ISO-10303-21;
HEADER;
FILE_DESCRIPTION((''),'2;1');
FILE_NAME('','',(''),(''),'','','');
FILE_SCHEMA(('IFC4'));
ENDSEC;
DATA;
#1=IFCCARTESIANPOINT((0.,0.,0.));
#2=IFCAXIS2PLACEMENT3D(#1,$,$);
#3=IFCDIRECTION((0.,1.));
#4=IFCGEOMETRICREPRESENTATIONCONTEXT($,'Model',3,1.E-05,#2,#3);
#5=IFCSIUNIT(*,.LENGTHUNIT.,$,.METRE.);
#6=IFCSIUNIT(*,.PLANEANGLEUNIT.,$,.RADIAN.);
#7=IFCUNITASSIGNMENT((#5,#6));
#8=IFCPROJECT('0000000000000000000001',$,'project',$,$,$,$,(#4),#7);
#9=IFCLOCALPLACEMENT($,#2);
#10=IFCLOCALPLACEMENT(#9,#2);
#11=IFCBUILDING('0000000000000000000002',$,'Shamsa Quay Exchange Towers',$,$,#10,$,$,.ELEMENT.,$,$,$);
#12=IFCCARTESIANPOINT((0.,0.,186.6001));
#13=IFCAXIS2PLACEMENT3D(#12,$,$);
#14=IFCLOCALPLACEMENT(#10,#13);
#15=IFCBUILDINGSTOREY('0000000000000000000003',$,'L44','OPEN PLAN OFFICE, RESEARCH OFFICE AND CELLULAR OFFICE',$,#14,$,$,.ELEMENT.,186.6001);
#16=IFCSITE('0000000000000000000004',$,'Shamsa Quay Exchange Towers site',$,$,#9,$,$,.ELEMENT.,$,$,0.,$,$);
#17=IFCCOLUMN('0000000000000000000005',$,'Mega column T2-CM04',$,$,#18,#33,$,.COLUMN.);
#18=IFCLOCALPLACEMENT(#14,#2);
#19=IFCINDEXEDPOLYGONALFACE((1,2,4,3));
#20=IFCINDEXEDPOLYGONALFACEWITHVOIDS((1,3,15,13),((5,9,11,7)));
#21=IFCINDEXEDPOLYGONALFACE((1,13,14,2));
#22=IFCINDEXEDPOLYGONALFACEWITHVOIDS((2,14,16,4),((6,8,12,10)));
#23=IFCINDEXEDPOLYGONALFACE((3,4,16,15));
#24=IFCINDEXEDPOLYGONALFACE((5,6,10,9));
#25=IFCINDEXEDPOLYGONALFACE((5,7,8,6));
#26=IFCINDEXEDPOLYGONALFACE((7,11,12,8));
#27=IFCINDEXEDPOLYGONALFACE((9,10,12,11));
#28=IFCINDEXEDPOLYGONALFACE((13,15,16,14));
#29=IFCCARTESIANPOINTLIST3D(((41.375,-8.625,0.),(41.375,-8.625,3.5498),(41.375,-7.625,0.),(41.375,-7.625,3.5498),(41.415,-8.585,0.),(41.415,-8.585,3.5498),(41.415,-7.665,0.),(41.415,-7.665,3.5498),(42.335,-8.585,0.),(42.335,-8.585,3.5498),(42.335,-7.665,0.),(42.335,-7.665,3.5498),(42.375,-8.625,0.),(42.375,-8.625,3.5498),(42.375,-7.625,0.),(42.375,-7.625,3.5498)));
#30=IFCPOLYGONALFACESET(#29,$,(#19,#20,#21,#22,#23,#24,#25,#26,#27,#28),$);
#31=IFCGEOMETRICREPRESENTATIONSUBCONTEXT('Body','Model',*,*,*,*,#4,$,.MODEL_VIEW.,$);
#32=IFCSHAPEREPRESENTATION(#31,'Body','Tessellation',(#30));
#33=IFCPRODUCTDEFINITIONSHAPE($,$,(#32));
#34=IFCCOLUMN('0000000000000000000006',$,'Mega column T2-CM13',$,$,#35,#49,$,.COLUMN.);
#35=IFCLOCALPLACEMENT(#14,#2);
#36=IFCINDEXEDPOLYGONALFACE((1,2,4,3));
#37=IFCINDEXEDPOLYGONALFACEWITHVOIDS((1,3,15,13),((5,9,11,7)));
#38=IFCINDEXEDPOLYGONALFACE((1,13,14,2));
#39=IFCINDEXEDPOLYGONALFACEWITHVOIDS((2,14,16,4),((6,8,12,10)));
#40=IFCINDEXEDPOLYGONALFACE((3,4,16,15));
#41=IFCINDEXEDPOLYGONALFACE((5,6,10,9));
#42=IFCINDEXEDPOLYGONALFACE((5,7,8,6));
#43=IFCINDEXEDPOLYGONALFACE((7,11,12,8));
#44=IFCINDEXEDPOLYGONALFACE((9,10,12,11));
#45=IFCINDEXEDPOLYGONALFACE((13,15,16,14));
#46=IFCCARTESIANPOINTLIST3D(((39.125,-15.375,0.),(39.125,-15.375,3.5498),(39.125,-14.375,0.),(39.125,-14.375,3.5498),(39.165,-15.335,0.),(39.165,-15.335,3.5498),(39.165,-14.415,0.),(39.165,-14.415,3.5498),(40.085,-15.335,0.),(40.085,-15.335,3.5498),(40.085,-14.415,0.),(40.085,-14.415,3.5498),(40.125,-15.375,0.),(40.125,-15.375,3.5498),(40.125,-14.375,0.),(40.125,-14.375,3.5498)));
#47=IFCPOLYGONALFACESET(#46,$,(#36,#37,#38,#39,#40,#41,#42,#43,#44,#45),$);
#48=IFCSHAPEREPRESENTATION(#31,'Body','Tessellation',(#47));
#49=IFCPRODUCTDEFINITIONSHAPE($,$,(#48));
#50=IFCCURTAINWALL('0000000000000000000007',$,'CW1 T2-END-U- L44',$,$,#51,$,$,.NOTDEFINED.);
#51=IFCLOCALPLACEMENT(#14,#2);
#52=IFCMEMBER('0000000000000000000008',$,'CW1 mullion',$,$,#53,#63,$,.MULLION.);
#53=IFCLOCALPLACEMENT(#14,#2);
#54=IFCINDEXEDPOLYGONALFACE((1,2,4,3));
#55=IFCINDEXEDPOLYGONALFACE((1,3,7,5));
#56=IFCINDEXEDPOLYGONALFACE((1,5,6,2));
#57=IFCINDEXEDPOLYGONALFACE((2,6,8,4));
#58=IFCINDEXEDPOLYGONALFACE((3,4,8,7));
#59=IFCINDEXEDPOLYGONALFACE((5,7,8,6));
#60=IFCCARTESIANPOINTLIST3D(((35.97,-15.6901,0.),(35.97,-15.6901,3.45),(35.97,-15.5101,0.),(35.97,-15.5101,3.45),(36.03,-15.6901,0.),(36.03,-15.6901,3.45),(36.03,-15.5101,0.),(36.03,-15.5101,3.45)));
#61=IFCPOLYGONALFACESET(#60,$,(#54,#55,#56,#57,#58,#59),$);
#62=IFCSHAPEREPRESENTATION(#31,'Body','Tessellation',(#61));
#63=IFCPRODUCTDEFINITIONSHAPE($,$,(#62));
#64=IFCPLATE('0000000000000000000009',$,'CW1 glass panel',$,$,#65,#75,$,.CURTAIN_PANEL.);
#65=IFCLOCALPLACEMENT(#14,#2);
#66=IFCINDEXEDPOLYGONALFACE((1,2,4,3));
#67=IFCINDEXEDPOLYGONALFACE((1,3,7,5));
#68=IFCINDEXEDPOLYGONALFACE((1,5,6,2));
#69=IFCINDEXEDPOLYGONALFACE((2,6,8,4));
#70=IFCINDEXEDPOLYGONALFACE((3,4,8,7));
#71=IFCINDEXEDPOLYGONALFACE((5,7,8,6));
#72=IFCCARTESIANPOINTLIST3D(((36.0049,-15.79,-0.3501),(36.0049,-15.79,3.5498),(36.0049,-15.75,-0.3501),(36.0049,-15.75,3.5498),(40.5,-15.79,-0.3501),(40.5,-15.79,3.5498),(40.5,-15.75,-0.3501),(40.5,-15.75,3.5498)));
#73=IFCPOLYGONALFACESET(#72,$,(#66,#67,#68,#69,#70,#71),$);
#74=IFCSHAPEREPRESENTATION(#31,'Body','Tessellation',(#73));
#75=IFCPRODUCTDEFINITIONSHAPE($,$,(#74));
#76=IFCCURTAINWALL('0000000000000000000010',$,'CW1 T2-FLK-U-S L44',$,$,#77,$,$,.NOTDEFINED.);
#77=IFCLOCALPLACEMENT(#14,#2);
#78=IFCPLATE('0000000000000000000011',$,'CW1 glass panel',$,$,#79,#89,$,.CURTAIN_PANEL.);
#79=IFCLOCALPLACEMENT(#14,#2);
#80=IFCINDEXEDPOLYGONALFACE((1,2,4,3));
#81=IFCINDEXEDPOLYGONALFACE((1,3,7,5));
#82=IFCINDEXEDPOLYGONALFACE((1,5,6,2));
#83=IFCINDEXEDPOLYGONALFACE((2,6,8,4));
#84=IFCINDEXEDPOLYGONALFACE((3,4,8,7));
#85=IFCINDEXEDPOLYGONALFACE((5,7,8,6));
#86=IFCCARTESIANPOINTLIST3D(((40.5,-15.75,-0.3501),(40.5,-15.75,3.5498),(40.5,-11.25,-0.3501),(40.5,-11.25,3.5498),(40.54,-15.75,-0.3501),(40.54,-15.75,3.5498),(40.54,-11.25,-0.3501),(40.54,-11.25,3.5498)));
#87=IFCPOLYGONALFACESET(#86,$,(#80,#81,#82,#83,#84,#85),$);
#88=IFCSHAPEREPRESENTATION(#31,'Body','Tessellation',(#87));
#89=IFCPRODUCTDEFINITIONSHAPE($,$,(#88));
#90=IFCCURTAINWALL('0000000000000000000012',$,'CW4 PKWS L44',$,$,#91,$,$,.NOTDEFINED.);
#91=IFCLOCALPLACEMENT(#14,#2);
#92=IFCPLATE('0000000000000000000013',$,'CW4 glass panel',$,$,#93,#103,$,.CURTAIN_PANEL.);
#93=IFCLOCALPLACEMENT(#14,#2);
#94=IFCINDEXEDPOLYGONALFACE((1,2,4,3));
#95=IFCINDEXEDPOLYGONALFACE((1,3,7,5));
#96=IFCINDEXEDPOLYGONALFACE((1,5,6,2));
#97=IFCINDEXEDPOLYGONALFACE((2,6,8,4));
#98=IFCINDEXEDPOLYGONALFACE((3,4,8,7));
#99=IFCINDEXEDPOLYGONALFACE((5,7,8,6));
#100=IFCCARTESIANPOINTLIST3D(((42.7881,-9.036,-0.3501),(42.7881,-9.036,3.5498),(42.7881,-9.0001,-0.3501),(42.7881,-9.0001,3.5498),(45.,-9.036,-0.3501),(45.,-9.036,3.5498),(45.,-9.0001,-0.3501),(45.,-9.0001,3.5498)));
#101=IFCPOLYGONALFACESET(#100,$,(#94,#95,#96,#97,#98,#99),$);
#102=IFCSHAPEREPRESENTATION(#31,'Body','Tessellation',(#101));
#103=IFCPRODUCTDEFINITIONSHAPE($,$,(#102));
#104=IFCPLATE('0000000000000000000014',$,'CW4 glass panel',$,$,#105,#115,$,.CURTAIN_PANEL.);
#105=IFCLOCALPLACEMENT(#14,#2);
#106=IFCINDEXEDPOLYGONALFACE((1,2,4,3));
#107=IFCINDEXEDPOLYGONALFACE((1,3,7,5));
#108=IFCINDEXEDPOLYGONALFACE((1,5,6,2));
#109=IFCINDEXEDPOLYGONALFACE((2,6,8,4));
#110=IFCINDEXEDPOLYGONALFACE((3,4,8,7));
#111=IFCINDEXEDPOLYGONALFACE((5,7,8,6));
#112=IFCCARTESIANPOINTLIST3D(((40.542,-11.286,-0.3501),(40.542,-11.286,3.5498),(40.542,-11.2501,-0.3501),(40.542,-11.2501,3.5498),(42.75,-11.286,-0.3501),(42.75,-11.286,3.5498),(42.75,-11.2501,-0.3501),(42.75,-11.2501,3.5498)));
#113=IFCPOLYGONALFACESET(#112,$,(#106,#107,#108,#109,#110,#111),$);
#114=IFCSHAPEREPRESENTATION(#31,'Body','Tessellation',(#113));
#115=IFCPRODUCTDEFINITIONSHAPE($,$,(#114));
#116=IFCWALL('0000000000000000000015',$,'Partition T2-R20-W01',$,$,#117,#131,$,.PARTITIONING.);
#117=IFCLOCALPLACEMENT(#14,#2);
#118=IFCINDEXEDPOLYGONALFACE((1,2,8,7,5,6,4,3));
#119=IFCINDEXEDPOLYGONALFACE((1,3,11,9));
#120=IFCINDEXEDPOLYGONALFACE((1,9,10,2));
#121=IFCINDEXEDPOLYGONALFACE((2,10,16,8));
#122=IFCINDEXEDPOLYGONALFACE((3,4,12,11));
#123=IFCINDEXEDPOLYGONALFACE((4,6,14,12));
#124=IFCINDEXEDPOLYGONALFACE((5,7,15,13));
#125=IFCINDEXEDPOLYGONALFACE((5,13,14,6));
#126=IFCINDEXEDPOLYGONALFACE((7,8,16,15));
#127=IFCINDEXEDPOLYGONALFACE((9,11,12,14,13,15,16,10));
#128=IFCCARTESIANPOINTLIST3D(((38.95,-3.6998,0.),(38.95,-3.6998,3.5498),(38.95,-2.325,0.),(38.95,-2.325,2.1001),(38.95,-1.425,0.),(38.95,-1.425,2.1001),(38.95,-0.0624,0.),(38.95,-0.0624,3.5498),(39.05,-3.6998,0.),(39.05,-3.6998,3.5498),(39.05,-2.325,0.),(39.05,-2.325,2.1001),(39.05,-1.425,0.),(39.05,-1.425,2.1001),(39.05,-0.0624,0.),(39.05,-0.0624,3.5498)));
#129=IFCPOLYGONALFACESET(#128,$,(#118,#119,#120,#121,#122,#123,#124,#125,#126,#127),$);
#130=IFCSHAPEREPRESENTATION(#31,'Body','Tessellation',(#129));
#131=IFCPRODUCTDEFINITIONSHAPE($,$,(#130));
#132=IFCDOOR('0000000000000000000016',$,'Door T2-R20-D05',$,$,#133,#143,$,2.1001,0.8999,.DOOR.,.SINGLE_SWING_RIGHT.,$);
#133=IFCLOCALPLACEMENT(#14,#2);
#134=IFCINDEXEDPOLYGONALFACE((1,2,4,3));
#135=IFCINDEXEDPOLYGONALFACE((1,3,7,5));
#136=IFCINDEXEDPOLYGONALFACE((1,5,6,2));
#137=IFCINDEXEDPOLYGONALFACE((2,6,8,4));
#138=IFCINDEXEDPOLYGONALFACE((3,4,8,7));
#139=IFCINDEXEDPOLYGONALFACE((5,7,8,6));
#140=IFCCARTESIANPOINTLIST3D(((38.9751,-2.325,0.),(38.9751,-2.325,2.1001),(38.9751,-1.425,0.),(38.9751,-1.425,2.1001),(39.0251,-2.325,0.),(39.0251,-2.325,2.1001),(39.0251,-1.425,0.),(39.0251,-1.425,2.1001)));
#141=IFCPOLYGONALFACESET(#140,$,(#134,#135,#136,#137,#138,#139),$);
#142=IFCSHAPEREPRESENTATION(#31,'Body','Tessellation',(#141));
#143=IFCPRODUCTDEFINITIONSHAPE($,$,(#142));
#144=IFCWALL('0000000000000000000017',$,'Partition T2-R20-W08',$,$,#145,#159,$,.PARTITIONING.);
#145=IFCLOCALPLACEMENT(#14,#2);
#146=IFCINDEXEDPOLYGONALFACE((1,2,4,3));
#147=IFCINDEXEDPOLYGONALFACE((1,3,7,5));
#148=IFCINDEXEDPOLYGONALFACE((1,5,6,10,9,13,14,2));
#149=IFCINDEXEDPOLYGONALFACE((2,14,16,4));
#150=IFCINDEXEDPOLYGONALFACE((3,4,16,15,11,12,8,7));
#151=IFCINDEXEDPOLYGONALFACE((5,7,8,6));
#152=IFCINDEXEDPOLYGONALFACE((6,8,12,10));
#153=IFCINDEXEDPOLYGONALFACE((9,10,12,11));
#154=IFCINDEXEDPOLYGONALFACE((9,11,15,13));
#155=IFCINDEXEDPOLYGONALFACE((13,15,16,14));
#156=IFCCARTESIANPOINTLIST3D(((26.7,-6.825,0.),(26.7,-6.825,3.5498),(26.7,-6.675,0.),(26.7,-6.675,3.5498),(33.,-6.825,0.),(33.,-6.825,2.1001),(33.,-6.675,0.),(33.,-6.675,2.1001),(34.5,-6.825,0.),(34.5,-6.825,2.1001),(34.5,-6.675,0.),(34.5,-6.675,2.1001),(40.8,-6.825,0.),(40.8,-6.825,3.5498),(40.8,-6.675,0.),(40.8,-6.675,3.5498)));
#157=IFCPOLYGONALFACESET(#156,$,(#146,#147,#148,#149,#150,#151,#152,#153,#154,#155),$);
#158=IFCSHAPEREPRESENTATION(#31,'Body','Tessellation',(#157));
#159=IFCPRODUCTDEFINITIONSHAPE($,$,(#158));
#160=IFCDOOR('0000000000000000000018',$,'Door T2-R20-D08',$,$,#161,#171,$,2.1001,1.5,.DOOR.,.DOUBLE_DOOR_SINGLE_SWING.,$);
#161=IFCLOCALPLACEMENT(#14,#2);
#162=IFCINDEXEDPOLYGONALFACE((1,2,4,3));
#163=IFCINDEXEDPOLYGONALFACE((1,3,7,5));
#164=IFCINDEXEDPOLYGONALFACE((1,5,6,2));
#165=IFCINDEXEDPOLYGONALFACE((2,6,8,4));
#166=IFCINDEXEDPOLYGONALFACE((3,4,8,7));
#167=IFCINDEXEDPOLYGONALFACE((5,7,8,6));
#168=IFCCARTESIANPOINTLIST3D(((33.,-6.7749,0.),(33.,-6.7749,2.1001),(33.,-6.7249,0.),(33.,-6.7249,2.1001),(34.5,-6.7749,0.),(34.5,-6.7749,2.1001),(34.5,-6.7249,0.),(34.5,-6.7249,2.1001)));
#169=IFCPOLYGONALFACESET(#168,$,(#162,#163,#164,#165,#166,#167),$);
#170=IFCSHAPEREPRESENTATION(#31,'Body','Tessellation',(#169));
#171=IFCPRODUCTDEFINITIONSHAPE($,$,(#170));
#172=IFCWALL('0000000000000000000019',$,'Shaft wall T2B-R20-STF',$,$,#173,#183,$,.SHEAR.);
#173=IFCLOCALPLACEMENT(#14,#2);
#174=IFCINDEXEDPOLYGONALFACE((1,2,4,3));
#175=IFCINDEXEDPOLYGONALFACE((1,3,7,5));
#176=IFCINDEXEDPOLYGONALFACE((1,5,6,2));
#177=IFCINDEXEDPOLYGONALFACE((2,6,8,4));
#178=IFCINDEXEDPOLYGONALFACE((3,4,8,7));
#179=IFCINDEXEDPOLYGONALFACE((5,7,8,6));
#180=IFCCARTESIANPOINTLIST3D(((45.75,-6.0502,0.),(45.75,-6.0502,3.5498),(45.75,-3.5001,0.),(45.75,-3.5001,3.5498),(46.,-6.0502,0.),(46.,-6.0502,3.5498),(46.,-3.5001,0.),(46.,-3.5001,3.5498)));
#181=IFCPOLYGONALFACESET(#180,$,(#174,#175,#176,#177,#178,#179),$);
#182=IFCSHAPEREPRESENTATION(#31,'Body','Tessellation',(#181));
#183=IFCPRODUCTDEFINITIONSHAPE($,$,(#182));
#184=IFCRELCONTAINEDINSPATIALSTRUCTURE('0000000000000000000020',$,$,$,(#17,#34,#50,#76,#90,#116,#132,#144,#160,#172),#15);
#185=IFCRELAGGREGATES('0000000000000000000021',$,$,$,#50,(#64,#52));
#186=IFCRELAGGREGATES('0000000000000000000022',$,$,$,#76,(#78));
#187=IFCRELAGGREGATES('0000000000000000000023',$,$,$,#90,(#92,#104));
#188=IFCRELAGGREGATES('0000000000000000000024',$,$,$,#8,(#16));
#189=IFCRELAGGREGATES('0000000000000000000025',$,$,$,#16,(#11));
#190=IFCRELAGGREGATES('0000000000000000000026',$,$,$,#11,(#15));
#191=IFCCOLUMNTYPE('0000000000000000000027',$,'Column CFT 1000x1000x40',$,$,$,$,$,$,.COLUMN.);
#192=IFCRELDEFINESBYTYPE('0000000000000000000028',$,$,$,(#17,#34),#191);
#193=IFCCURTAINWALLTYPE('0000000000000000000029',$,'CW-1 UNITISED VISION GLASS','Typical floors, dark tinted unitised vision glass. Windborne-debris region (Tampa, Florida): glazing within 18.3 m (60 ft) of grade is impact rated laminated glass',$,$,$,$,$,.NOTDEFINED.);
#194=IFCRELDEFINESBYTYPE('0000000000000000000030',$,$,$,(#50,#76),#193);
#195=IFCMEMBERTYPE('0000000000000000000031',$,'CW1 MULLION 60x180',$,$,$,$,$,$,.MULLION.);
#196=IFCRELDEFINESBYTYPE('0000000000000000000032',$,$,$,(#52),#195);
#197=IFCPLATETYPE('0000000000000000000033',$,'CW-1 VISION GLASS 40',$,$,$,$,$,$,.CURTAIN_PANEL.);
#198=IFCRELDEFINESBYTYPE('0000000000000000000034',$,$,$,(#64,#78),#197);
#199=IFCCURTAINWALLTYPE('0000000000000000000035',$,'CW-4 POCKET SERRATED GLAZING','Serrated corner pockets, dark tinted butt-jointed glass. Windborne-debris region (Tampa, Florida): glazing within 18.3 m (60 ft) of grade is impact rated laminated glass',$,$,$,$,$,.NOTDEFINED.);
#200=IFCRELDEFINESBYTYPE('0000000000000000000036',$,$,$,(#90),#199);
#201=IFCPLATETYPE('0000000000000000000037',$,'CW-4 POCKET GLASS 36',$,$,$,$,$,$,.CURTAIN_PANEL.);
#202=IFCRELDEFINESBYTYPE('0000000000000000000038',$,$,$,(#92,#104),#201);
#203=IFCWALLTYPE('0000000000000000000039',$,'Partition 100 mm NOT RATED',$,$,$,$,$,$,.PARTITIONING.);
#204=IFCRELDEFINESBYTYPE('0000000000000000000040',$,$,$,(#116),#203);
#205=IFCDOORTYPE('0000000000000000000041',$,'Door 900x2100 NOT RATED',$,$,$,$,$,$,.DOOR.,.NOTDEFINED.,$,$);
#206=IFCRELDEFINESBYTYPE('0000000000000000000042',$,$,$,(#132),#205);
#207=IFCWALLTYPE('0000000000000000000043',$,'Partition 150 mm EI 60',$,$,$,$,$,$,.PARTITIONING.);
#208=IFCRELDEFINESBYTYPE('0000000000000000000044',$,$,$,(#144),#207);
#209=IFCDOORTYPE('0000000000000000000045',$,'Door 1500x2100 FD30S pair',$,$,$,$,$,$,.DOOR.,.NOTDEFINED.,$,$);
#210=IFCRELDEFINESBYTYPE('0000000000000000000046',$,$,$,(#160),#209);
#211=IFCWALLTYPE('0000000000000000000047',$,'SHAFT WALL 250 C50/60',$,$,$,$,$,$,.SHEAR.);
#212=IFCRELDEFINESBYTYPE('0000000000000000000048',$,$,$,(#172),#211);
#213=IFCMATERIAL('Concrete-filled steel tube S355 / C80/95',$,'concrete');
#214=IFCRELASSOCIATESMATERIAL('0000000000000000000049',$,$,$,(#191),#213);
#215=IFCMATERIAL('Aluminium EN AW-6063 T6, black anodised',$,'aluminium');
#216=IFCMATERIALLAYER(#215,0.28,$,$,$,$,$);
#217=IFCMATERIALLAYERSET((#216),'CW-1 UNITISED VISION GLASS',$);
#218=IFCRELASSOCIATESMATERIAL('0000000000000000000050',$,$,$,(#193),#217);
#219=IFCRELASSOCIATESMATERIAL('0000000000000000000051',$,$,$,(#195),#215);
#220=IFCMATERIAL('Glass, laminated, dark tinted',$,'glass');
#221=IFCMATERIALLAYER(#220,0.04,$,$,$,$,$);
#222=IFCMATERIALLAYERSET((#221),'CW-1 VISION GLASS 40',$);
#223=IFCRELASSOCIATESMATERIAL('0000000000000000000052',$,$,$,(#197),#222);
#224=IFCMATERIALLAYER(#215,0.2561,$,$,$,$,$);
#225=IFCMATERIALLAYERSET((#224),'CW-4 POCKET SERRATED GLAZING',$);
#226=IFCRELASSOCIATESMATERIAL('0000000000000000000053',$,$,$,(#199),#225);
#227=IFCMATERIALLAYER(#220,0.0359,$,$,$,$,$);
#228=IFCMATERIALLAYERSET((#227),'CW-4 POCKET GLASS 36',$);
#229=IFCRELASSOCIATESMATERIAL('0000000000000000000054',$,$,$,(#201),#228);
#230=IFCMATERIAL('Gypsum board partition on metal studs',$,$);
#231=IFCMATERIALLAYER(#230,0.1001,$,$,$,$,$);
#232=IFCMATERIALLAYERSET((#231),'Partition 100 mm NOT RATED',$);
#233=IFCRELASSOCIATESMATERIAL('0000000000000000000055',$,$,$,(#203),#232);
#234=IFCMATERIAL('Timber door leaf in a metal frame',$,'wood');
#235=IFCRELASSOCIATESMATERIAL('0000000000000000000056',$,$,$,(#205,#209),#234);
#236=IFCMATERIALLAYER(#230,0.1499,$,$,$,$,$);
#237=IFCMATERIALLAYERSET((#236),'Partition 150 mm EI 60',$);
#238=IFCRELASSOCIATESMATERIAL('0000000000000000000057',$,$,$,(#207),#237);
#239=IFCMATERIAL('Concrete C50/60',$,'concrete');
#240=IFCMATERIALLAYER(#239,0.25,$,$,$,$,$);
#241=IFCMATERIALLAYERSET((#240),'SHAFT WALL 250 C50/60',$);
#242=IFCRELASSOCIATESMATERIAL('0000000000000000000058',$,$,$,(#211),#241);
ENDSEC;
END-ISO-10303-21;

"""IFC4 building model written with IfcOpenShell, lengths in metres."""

from ifc_helpers import new_model, si_unit, direction, frame, frame_2d, origin, origin_2d, place, context, subcontext, project, spatial, rectangle, hollow_rectangle, extrude, material, layer, layer_set, material_profile, profile_set, type_object, element, fill, aggregate, save


model = new_model("IFC4")

# Units and contexts
model_context = context("Model", 3, precision=1e-05, world=origin(), true_north=direction((0.0, 1.0)))
body_context = subcontext(model_context, "Body", "Model", "MODEL_VIEW")
ifc_project = project(units=[si_unit("LENGTHUNIT", "METRE"), si_unit("PLANEANGLEUNIT", "RADIAN")], contexts=[model_context])

# Site, building, storey
site_placement = place(None, origin())
site = spatial("IfcSite", under=ifc_project, at=site_placement, Name="Shamsa Quay Exchange Towers site", CompositionType="ELEMENT", RefElevation=0.0)
building_placement = place(site_placement, origin())
building = spatial("IfcBuilding", under=site, at=building_placement, Name="Shamsa Quay Exchange Towers", CompositionType="ELEMENT")
storey_placement = place(building_placement, frame((0.0, 0.0, 186.6001)))
storey = spatial("IfcBuildingStorey", under=building, at=storey_placement, Name="L44", Description="OPEN PLAN OFFICE, RESEARCH OFFICE AND CELLULAR OFFICE", CompositionType="ELEMENT", Elevation=186.6001)

# Columns
ifc_material_1 = material(Name="Concrete-filled steel tube S355 / C80/95", Category="concrete")
ifc_material_profile_1 = material_profile(ifc_material_1, hollow_rectangle(XDim=1.0, YDim=1.0, WallThickness=0.04, at=origin_2d()), Name="CFT 1000x1000x40")
ifc_profile_set_1 = profile_set([ifc_material_profile_1], Name="Concrete-filled steel tube S355 / C80/95")
column_type = type_object("IfcColumnType", Name="Column CFT 1000x1000x40", PredefinedType="COLUMN", material=ifc_profile_set_1)
for number, where, name in (
    (1, (41.875, -8.125, 0.0), "Mega column T2-CM04"),
    (2, (39.625, -14.875, 0.0), "Mega column T2-CM13"),
):
    element("IfcColumn", number, at=place(storey_placement, frame(where)), inside=storey, type_object=column_type, Name=name, PredefinedType="COLUMN", context=body_context, shape_type="SweptSolid", body=[
        extrude(hollow_rectangle(XDim=1.0, YDim=1.0, WallThickness=0.04, at=origin_2d()), origin(), (0.0, 0.0, 1.0), 3.5498),
    ])

# Curtain wall, member, plate
ifc_material_2 = material(Name="Aluminium EN AW-6063 T6, black anodised", Category="aluminium")
ifc_layer_1 = layer(ifc_material_2, 0.28)
ifc_layer_set_1 = layer_set([ifc_layer_1], Name="CW-1 UNITISED VISION GLASS")
curtain_wall_type_1 = type_object("IfcCurtainWallType", Name="CW-1 UNITISED VISION GLASS", Description="Typical floors, dark tinted unitised vision glass. Windborne-debris region (Tampa, Florida): glazing within 18.3 m (60 ft) of grade is impact rated laminated glass", PredefinedType="NOTDEFINED", material=ifc_layer_set_1)
curtain_wall_1_placement = place(storey_placement, origin())
curtain_wall_1 = element("IfcCurtainWall", 3, at=curtain_wall_1_placement, inside=storey, type_object=curtain_wall_type_1, Name="CW1 T2-END-U- L44", PredefinedType="NOTDEFINED")
ifc_material_profile_2 = material_profile(ifc_material_2, rectangle(XDim=0.1799, YDim=0.0601, at=origin_2d()), Name="MU60x180")
ifc_profile_set_2 = profile_set([ifc_material_profile_2], Name="Aluminium EN AW-6063 T6, black anodised")
member_type = type_object("IfcMemberType", Name="CW1 MULLION 60x180", PredefinedType="MULLION", material=ifc_profile_set_2)
member_placement = place(storey_placement, frame((36.0, -15.6001, 0.0), z_axis=(0.0, 0.0, 1.0), x_axis=(0.0, 1.0, 0.0)))
member = element("IfcMember", 4, at=member_placement, type_object=member_type, Name="CW1 mullion", PredefinedType="MULLION", context=body_context, shape_type="SweptSolid", body=[
    extrude(rectangle(XDim=0.1799, YDim=0.0601, at=origin_2d()), origin(), (0.0, 0.0, 1.0), 3.45),
])
ifc_material_3 = material(Name="Glass, laminated, dark tinted", Category="glass")
ifc_layer_2 = layer(ifc_material_3, 0.04)
ifc_layer_set_2 = layer_set([ifc_layer_2], Name="CW-1 VISION GLASS 40")
plate_type_1 = type_object("IfcPlateType", Name="CW-1 VISION GLASS 40", PredefinedType="CURTAIN_PANEL", material=ifc_layer_set_2)
plate_1_placement = place(storey_placement, frame((38.2524, -15.77, -0.3501)))
plate_1 = element("IfcPlate", 5, at=plate_1_placement, type_object=plate_type_1, Name="CW1 glass panel", PredefinedType="CURTAIN_PANEL", context=body_context, shape_type="SweptSolid", body=[
    extrude(rectangle(XDim=4.4951, YDim=0.04, at=origin_2d()), origin(), (0.0, 0.0, 1.0), 3.8999),
])
aggregate(curtain_wall_1, [plate_1, member])

# Curtain wall, plate
curtain_wall_2_placement = place(storey_placement, origin())
curtain_wall_2 = element("IfcCurtainWall", 6, at=curtain_wall_2_placement, inside=storey, type_object=curtain_wall_type_1, Name="CW1 T2-FLK-U-S L44", PredefinedType="NOTDEFINED")
plate_2_placement = place(storey_placement, frame((40.52, -13.5, -0.3501), z_axis=(0.0, 0.0, 1.0), x_axis=(0.0, 1.0, 0.0)))
plate_2 = element("IfcPlate", 7, at=plate_2_placement, type_object=plate_type_1, Name="CW1 glass panel", PredefinedType="CURTAIN_PANEL", context=body_context, shape_type="SweptSolid", body=[
    extrude(rectangle(XDim=4.5, YDim=0.04, at=origin_2d()), origin(), (0.0, 0.0, 1.0), 3.8999),
])
aggregate(curtain_wall_2, [plate_2])

# Curtain wall, plates
ifc_layer_3 = layer(ifc_material_2, 0.2561)
ifc_layer_set_3 = layer_set([ifc_layer_3], Name="CW-4 POCKET SERRATED GLAZING")
curtain_wall_type_2 = type_object("IfcCurtainWallType", Name="CW-4 POCKET SERRATED GLAZING", Description="Serrated corner pockets, dark tinted butt-jointed glass. Windborne-debris region (Tampa, Florida): glazing within 18.3 m (60 ft) of grade is impact rated laminated glass", PredefinedType="NOTDEFINED", material=ifc_layer_set_3)
curtain_wall_3_placement = place(storey_placement, origin())
curtain_wall_3 = element("IfcCurtainWall", 8, at=curtain_wall_3_placement, inside=storey, type_object=curtain_wall_type_2, Name="CW4 PKWS L44", PredefinedType="NOTDEFINED")
ifc_layer_4 = layer(ifc_material_3, 0.0359)
ifc_layer_set_4 = layer_set([ifc_layer_4], Name="CW-4 POCKET GLASS 36")
plate_type_2 = type_object("IfcPlateType", Name="CW-4 POCKET GLASS 36", PredefinedType="CURTAIN_PANEL", material=ifc_layer_set_4)
plate_3_placement = place(storey_placement, frame((43.894, -9.0181, -0.3501)))
plate_3 = element("IfcPlate", 9, at=plate_3_placement, type_object=plate_type_2, Name="CW4 glass panel", PredefinedType="CURTAIN_PANEL", context=body_context, shape_type="SweptSolid", body=[
    extrude(rectangle(XDim=2.2119, YDim=0.0359, at=origin_2d()), origin(), (0.0, 0.0, 1.0), 3.8999),
])
plate_4_placement = place(storey_placement, frame((41.646, -11.2681, -0.3501)))
plate_4 = element("IfcPlate", 10, at=plate_4_placement, type_object=plate_type_2, Name="CW4 glass panel", PredefinedType="CURTAIN_PANEL", context=body_context, shape_type="SweptSolid", body=[
    extrude(rectangle(XDim=2.208, YDim=0.0359, at=origin_2d()), origin(), (0.0, 0.0, 1.0), 3.8999),
])
aggregate(curtain_wall_3, [plate_3, plate_4])

# Walls, openings, doors
ifc_material_4 = material(Name="Gypsum board partition on metal studs")
ifc_layer_5 = layer(ifc_material_4, 0.1001)
ifc_layer_set_5 = layer_set([ifc_layer_5], Name="Partition 100 mm NOT RATED")
wall_type_1 = type_object("IfcWallType", Name="Partition 100 mm NOT RATED", PredefinedType="PARTITIONING", material=ifc_layer_set_5)
wall_1_placement = place(storey_placement, frame((39.0, -3.7, 0.0), z_axis=(0.0, 0.0, 1.0), x_axis=(0.0, 1.0, 0.0)))
wall_1 = element("IfcWall", 11, at=wall_1_placement, inside=storey, type_object=wall_type_1, Name="Partition T2-R20-W01", PredefinedType="PARTITIONING", context=body_context, shape_type="SweptSolid", body=[
    extrude(rectangle(XDim=3.6375, YDim=0.1001, at=frame_2d((1.8188, 0.0))), origin(), (0.0, 0.0, 1.0), 3.5498),
])
opening_1_placement = place(wall_1_placement, frame((1.375, 0.0, 0.0)))
opening_1 = element("IfcOpeningElement", 12, at=opening_1_placement, cuts=wall_1, PredefinedType="OPENING", context=body_context, shape_type="SweptSolid", body=[
    extrude(rectangle(XDim=0.8999, YDim=2.1001, at=frame_2d((0.45, 1.05))), frame((0.0, 0.0601, 0.0), z_axis=(0.0, -1.0, 0.0), x_axis=(1.0, 0.0, 0.0)), (0.0, 0.0, 1.0), 0.1201),
])
ifc_material_5 = material(Name="Timber door leaf in a metal frame", Category="wood")
door_type_1 = type_object("IfcDoorType", Name="Door 900x2100 NOT RATED", OperationType="NOTDEFINED", PredefinedType="DOOR", material=ifc_material_5)
door_1_placement = place(opening_1_placement, origin())
door_1 = element("IfcDoor", 13, at=door_1_placement, inside=storey, type_object=door_type_1, Name="Door T2-R20-D05", OperationType="SINGLE_SWING_RIGHT", OverallHeight=2.1001, OverallWidth=0.8999, PredefinedType="DOOR", context=body_context, shape_type="SweptSolid", body=[
    extrude(rectangle(XDim=0.8999, YDim=2.1001, at=frame_2d((0.45, 1.05))), frame((0.0, 0.0249, 0.0), z_axis=(0.0, -1.0, 0.0), x_axis=(1.0, 0.0, 0.0)), (0.0, 0.0, 1.0), 0.05),
])
fill(opening_1, door_1)
ifc_layer_6 = layer(ifc_material_4, 0.1499)
ifc_layer_set_6 = layer_set([ifc_layer_6], Name="Partition 150 mm EI 60")
wall_type_2 = type_object("IfcWallType", Name="Partition 150 mm EI 60", PredefinedType="PARTITIONING", material=ifc_layer_set_6)
wall_2_placement = place(storey_placement, frame((40.8, -6.75, 0.0), z_axis=(0.0, 0.0, 1.0), x_axis=(-1.0, 0.0, 0.0)))
wall_2 = element("IfcWall", 14, at=wall_2_placement, inside=storey, type_object=wall_type_2, Name="Partition T2-R20-W08", PredefinedType="PARTITIONING", context=body_context, shape_type="SweptSolid", body=[
    extrude(rectangle(XDim=14.1001, YDim=0.1499, at=frame_2d((7.05, 0.0))), origin(), (0.0, 0.0, 1.0), 3.5498),
])
opening_2_placement = place(wall_2_placement, frame((6.3, 0.0, 0.0)))
opening_2 = element("IfcOpeningElement", 15, at=opening_2_placement, cuts=wall_2, PredefinedType="OPENING", context=body_context, shape_type="SweptSolid", body=[
    extrude(rectangle(XDim=1.5, YDim=2.1001, at=frame_2d((0.75, 1.05))), frame((0.0, 0.085, 0.0), z_axis=(0.0, -1.0, 0.0), x_axis=(1.0, 0.0, 0.0)), (0.0, 0.0, 1.0), 0.1699),
])
door_type_2 = type_object("IfcDoorType", Name="Door 1500x2100 FD30S pair", OperationType="NOTDEFINED", PredefinedType="DOOR", material=ifc_material_5)
door_2_placement = place(opening_2_placement, origin())
door_2 = element("IfcDoor", 16, at=door_2_placement, inside=storey, type_object=door_type_2, Name="Door T2-R20-D08", OperationType="DOUBLE_DOOR_SINGLE_SWING", OverallHeight=2.1001, OverallWidth=1.5, PredefinedType="DOOR", context=body_context, shape_type="SweptSolid", body=[
    extrude(rectangle(XDim=1.5, YDim=2.1001, at=frame_2d((0.75, 1.05))), frame((0.0, 0.0249, 0.0), z_axis=(0.0, -1.0, 0.0), x_axis=(1.0, 0.0, 0.0)), (0.0, 0.0, 1.0), 0.05),
])
fill(opening_2, door_2)

# Wall
ifc_material_6 = material(Name="Concrete C50/60", Category="concrete")
ifc_layer_7 = layer(ifc_material_6, 0.25)
ifc_layer_set_7 = layer_set([ifc_layer_7], Name="SHAFT WALL 250 C50/60")
wall_type_3 = type_object("IfcWallType", Name="SHAFT WALL 250 C50/60", PredefinedType="SHEAR", material=ifc_layer_set_7)
wall_3_placement = place(storey_placement, frame((45.875, -6.05, 0.0), z_axis=(0.0, 0.0, 1.0), x_axis=(0.0, 1.0, 0.0)))
element("IfcWall", 17, at=wall_3_placement, inside=storey, type_object=wall_type_3, Name="Shaft wall T2B-R20-STF", PredefinedType="SHEAR", context=body_context, shape_type="SweptSolid", body=[
    extrude(rectangle(XDim=2.55, YDim=0.25, at=frame_2d((1.2749, 0.0))), origin(), (0.0, 0.0, 1.0), 3.5498),
])

save(model, "model.ifc")
